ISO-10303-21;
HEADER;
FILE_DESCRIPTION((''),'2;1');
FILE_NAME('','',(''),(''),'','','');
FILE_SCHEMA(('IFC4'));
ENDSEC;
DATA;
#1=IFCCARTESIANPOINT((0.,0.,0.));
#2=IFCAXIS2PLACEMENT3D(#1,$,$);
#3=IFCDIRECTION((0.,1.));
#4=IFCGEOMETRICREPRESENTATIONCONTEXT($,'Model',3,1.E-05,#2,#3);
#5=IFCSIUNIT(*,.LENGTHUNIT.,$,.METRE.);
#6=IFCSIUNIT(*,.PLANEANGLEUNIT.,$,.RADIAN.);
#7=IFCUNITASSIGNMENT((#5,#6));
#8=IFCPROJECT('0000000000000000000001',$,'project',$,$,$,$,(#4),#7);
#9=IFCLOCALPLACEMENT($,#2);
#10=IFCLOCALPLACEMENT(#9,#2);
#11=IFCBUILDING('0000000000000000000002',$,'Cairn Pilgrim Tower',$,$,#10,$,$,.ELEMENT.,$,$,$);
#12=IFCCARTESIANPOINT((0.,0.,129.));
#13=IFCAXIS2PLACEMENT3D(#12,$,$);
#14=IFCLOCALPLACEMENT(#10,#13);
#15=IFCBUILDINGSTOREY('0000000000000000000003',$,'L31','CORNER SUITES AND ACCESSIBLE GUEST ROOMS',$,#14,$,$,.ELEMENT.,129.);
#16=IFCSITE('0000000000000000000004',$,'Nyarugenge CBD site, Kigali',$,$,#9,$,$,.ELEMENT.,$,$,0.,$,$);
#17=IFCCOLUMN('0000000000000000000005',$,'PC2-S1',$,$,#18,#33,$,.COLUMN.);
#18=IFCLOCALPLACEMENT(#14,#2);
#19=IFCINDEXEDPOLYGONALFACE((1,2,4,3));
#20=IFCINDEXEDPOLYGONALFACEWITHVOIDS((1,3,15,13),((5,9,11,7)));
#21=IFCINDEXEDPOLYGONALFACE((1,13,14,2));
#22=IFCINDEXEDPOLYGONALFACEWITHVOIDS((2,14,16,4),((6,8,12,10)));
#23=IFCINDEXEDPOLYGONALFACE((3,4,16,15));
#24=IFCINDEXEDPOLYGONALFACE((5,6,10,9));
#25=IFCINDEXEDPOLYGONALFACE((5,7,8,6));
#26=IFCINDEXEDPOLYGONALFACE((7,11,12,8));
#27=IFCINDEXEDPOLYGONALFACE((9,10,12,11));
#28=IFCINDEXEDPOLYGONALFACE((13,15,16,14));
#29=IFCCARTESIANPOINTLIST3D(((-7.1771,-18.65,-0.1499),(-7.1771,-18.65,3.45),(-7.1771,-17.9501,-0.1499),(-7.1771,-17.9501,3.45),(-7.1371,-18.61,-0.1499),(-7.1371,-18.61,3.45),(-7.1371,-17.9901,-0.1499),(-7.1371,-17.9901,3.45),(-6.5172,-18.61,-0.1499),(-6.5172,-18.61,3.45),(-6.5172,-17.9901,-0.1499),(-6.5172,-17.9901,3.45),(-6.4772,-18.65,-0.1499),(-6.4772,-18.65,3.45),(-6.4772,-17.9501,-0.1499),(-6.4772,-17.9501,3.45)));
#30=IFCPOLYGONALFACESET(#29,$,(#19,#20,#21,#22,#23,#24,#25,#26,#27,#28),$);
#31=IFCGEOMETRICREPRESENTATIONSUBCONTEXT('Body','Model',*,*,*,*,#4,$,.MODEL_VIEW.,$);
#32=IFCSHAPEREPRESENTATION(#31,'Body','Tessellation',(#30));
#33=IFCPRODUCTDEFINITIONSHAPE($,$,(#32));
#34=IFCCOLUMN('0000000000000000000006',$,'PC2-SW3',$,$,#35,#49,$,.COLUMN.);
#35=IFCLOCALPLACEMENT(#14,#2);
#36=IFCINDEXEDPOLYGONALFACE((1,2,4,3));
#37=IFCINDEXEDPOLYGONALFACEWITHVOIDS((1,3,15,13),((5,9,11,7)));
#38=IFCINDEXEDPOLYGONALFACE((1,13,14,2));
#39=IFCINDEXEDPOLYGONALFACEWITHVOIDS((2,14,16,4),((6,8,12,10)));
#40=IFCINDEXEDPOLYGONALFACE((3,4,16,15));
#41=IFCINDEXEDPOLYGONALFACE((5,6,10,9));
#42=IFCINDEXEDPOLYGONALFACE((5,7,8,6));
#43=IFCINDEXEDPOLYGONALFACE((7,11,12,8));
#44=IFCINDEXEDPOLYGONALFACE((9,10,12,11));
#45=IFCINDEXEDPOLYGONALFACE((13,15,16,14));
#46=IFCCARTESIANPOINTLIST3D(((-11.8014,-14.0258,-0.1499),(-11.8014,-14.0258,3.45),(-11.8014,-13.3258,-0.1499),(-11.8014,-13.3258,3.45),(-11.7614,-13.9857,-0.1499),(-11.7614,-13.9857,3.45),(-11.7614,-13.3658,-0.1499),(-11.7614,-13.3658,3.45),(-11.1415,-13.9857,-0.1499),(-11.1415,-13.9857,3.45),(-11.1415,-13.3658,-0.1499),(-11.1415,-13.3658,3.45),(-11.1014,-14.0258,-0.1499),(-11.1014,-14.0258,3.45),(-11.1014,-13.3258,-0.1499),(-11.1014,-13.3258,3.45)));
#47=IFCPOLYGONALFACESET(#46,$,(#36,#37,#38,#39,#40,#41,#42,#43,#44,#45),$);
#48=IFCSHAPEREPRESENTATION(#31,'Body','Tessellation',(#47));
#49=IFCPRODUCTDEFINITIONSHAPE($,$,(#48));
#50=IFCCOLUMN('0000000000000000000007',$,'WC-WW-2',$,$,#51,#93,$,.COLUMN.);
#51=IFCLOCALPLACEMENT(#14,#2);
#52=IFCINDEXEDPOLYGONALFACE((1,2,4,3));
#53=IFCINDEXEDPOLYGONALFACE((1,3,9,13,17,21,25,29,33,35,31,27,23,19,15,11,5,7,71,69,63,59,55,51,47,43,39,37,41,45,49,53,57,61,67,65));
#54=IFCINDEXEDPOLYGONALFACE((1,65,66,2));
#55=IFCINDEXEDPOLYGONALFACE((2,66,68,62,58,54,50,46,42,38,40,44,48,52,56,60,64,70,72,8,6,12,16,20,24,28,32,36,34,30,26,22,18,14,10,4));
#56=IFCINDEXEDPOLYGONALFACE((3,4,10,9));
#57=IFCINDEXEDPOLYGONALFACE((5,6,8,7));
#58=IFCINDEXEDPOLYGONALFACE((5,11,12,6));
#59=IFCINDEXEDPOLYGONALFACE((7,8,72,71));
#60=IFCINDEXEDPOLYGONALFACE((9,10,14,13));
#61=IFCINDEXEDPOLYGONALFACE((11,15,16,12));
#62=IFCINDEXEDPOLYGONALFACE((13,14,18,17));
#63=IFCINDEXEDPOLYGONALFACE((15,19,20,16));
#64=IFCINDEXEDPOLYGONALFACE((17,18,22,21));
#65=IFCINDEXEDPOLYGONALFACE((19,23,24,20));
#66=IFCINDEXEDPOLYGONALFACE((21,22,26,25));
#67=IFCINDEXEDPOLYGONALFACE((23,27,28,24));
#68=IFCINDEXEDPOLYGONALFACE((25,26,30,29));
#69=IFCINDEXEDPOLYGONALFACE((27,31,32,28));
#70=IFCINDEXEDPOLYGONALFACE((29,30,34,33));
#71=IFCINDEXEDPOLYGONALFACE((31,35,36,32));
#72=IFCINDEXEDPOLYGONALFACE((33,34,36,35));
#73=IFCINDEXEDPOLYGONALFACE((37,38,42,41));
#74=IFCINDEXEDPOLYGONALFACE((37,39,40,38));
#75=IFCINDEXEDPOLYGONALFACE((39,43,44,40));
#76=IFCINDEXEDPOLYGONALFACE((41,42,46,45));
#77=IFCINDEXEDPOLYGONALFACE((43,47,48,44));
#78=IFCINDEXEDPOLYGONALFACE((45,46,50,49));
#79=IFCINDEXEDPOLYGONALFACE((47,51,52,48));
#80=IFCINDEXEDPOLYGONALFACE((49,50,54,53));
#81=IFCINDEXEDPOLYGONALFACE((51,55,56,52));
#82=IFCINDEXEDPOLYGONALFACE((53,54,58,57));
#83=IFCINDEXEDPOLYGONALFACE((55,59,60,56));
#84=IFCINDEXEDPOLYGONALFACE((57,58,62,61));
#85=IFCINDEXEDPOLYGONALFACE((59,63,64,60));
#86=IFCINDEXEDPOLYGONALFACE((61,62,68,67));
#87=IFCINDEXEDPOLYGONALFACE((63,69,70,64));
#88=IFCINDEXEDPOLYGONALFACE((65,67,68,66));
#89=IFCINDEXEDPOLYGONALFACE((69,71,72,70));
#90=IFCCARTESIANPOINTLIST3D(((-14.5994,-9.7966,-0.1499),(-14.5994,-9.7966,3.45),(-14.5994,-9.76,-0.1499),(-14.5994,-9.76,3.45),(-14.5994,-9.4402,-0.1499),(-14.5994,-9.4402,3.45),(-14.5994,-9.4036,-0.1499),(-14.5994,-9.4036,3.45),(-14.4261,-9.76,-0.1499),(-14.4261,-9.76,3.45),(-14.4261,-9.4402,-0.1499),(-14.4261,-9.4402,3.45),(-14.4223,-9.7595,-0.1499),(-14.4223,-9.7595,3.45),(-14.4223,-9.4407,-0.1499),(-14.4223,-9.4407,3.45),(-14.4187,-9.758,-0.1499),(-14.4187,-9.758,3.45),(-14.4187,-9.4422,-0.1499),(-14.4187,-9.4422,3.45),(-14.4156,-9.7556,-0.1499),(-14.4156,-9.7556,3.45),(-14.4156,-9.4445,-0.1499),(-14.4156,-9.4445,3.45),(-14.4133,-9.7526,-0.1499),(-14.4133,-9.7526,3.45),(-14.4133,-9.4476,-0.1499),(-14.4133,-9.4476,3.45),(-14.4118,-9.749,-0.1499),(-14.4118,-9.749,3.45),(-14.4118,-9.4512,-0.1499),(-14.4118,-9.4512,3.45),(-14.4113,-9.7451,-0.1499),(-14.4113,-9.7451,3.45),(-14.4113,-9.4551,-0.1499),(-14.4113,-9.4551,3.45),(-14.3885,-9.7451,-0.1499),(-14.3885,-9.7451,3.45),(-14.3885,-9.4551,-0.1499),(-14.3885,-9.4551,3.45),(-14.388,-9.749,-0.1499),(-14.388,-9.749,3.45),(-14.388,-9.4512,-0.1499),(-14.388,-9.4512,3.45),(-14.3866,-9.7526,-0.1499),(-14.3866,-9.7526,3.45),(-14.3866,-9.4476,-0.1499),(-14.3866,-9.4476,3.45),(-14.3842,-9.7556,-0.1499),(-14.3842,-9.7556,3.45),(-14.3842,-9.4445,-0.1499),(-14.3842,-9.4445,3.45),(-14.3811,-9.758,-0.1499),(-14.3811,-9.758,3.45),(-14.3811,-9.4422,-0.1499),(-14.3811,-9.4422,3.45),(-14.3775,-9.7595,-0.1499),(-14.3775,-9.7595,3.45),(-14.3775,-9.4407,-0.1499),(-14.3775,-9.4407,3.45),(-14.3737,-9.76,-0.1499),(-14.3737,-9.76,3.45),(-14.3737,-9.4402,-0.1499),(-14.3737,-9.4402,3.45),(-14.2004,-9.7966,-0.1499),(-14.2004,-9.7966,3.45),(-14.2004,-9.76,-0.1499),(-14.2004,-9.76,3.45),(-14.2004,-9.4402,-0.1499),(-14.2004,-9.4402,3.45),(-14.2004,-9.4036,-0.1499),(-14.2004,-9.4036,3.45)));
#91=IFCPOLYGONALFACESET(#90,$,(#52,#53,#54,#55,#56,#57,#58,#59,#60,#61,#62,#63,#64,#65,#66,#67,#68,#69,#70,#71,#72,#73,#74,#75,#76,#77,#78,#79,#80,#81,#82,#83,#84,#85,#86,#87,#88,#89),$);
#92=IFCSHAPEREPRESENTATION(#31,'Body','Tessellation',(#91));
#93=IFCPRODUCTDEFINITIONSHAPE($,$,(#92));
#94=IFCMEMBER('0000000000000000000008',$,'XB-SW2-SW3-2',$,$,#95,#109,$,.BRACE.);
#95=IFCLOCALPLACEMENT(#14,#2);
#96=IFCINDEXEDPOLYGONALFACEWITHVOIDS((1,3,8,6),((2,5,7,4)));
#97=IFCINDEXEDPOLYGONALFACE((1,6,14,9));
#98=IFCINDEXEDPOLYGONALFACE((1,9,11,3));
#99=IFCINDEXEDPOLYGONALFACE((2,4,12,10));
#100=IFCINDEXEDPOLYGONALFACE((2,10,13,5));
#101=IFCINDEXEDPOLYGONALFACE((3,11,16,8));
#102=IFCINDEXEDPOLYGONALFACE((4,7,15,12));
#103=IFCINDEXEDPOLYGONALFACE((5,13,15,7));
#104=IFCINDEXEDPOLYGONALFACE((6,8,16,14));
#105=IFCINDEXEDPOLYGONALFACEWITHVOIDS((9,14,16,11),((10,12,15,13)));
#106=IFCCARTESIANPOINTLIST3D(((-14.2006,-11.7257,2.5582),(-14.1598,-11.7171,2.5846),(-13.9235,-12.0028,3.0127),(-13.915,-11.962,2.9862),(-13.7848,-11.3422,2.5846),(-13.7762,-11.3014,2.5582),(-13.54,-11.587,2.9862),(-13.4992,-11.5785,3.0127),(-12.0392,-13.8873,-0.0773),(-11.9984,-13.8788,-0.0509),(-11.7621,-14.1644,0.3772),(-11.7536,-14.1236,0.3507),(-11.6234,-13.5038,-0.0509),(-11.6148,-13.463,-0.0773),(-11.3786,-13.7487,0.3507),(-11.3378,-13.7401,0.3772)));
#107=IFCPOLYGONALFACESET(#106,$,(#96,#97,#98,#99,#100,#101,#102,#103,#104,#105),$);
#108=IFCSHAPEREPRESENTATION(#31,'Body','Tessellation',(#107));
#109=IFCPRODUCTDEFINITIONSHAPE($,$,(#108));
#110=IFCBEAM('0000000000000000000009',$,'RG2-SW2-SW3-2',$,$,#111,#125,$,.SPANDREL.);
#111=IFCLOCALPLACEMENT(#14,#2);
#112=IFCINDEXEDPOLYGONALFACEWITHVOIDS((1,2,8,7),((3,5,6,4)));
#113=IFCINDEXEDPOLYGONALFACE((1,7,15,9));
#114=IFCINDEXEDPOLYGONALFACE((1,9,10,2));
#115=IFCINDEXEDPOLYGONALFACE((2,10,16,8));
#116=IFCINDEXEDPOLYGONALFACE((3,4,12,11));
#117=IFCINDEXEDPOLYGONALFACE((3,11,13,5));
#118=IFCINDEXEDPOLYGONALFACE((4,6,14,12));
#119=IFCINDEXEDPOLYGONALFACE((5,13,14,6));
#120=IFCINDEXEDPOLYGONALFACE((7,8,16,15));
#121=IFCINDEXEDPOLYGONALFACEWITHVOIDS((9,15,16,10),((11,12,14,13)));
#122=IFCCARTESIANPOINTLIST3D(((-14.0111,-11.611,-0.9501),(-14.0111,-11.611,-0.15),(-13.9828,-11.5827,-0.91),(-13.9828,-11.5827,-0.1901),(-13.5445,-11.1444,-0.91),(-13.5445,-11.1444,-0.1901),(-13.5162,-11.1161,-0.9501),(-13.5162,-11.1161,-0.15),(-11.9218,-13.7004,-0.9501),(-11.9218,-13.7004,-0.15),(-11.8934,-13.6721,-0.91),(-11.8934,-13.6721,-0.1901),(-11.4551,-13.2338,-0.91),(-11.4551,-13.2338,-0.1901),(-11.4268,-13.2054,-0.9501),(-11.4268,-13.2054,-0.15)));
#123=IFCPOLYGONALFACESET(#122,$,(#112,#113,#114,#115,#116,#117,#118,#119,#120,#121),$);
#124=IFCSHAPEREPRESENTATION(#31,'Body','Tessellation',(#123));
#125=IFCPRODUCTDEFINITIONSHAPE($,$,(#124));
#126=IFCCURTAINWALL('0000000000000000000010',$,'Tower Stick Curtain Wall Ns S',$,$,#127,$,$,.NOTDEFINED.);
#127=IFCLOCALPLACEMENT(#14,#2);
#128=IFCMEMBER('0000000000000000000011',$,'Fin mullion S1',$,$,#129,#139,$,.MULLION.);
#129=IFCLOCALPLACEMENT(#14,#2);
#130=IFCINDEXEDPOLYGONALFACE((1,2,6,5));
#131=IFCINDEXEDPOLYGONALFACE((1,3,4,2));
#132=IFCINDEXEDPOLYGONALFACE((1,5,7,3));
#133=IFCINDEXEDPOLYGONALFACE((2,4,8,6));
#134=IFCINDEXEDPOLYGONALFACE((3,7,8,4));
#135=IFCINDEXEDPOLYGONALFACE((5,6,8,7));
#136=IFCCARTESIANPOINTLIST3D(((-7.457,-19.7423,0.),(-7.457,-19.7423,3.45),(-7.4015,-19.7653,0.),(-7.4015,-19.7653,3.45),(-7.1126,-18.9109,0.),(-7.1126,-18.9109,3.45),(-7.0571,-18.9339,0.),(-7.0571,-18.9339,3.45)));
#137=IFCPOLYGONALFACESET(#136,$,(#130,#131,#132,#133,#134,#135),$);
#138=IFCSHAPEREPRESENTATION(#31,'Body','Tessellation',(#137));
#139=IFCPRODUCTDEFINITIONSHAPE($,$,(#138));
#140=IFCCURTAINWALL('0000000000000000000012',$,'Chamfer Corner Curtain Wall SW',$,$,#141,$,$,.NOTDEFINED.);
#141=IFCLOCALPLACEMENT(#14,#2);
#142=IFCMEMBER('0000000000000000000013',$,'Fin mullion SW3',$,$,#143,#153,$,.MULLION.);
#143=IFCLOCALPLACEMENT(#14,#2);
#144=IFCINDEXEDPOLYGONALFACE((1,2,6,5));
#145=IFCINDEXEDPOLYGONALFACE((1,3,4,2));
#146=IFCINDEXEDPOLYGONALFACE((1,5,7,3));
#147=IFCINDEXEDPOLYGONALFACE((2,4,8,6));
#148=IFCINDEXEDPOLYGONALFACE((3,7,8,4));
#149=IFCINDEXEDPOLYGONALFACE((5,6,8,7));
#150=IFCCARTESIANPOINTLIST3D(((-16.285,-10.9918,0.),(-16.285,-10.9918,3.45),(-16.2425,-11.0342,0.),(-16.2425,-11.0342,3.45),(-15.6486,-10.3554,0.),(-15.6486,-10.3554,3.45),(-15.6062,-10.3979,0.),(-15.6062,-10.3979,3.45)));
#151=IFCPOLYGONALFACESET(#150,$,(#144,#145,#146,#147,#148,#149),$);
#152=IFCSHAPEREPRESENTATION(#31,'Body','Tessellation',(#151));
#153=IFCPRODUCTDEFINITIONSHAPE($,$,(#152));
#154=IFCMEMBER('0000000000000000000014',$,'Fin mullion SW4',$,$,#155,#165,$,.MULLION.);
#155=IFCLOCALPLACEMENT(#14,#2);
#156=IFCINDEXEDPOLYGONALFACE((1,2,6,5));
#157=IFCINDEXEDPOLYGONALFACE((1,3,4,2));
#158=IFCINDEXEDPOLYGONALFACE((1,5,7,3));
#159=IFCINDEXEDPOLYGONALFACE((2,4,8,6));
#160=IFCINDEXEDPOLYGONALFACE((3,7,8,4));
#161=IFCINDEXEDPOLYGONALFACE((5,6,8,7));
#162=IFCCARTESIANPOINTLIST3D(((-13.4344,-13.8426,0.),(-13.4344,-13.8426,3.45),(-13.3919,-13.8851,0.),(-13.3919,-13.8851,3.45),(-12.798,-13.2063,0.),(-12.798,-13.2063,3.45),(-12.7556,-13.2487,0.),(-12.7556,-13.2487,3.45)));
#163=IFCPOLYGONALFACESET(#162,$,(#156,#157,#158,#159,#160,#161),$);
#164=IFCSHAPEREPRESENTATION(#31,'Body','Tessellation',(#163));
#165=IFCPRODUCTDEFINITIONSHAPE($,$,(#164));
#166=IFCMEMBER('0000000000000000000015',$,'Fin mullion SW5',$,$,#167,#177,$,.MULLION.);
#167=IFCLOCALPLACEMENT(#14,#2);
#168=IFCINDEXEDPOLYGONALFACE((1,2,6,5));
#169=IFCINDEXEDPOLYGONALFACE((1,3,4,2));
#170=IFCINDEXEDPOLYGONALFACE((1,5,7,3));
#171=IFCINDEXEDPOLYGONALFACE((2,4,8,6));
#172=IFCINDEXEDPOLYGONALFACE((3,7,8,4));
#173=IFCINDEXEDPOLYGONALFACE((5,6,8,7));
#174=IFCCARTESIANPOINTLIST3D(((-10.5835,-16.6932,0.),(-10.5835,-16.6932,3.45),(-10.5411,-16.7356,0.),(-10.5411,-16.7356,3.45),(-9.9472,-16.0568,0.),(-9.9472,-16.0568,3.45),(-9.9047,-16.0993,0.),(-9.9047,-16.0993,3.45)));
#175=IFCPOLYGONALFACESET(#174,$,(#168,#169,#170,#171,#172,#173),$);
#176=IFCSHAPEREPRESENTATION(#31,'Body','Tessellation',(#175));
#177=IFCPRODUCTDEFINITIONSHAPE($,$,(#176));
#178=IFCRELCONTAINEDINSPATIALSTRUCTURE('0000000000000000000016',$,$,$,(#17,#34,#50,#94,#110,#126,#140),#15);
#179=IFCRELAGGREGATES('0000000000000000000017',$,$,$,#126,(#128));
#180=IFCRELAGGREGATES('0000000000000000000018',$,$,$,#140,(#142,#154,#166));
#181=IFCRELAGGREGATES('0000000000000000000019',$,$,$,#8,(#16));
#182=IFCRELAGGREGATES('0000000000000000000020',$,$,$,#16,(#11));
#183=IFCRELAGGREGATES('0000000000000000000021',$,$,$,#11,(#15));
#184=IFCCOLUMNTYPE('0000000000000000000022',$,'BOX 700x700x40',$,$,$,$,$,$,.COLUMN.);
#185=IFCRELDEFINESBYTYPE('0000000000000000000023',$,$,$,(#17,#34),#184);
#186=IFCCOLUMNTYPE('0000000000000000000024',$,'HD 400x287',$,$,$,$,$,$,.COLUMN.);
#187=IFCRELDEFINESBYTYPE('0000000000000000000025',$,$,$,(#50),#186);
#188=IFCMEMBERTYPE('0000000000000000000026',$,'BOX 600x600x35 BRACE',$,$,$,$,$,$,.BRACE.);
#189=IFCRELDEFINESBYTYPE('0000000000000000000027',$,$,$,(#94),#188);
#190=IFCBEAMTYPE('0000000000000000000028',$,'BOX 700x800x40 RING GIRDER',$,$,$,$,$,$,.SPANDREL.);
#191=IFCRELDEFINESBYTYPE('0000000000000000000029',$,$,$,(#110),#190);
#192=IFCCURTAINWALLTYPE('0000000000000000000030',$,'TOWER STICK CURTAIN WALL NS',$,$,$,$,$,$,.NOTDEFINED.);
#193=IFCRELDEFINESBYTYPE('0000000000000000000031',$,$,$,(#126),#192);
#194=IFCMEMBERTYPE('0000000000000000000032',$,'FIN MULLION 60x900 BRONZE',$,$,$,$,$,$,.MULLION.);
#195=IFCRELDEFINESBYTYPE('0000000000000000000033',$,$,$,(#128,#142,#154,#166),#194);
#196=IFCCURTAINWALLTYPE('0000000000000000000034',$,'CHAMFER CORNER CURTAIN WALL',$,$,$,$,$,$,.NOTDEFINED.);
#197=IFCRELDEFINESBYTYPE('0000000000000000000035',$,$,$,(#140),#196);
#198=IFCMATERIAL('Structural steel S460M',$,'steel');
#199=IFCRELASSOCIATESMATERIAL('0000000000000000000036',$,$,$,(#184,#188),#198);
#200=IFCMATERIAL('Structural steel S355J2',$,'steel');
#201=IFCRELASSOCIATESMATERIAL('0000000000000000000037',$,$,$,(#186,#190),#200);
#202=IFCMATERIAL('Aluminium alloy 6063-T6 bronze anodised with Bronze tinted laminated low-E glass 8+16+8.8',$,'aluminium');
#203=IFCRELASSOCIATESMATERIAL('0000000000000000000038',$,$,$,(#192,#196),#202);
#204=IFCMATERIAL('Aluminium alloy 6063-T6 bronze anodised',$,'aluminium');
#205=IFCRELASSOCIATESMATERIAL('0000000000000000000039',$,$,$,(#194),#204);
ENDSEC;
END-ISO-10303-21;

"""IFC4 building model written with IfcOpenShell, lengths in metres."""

from ifc_helpers import new_model, si_unit, direction, frame, origin, origin_2d, place, context, subcontext, project, spatial, rectangle, hollow_rectangle, i_section, extrude, material, material_profile, profile_set, type_object, element, aggregate, save


model = new_model("IFC4")

# Units and contexts
model_context = context("Model", 3, precision=1e-05, world=origin(), true_north=direction((0.0, 1.0)))
body_context = subcontext(model_context, "Body", "Model", "MODEL_VIEW")
ifc_project = project(units=[si_unit("LENGTHUNIT", "METRE"), si_unit("PLANEANGLEUNIT", "RADIAN")], contexts=[model_context])

# Site, building, storey
site_placement = place(None, origin())
site = spatial("IfcSite", under=ifc_project, at=site_placement, Name="Nyarugenge CBD site, Kigali", CompositionType="ELEMENT", RefElevation=0.0)
building_placement = place(site_placement, origin())
building = spatial("IfcBuilding", under=site, at=building_placement, Name="Cairn Pilgrim Tower", CompositionType="ELEMENT")
storey_placement = place(building_placement, frame((0.0, 0.0, 129.0)))
storey = spatial("IfcBuildingStorey", under=building, at=storey_placement, Name="L31", Description="CORNER SUITES AND ACCESSIBLE GUEST ROOMS", CompositionType="ELEMENT", Elevation=129.0)

# Columns
ifc_material_1 = material(Name="Structural steel S460M", Category="steel")
ifc_material_profile_1 = material_profile(ifc_material_1, hollow_rectangle(XDim=0.7, YDim=0.7, WallThickness=0.04, at=origin_2d()), Name="BOX 700x700x40")
ifc_profile_set_1 = profile_set([ifc_material_profile_1], Name="Structural steel S460M")
column_type_1 = type_object("IfcColumnType", Name="BOX 700x700x40", PredefinedType="COLUMN", material=ifc_profile_set_1)
for number, where, z_axis, x_axis, name in (
    (1, (-6.8271, -18.3, -0.1499), (0.0, 0.0, 1.0), (1.0, 0.0, 0.0), "PC2-S1"),
    (2, (-11.4514, -13.6758, -0.1499), (0.0, 0.0, 1.0), (1.0, 0.0, 0.0), "PC2-SW3"),
):
    element("IfcColumn", number, at=place(storey_placement, frame(where, z_axis=z_axis, x_axis=x_axis)), inside=storey, type_object=column_type_1, Name=name, PredefinedType="COLUMN", context=body_context, shape_type="SweptSolid", body=[
        extrude(hollow_rectangle(XDim=0.7, YDim=0.7, WallThickness=0.04, at=origin_2d()), origin(), (0.0, 0.0, 1.0), 3.5999),
    ])
ifc_material_2 = material(Name="Structural steel S355J2", Category="steel")
ifc_material_profile_2 = material_profile(ifc_material_2, i_section(OverallWidth=0.3989, OverallDepth=0.3931, WebThickness=0.0227, FlangeThickness=0.0366, FilletRadius=0.0149, at=origin_2d()), Name="HD 400x287")
ifc_profile_set_2 = profile_set([ifc_material_profile_2], Name="Structural steel S355J2")
column_type_2 = type_object("IfcColumnType", Name="HD 400x287", PredefinedType="COLUMN", material=ifc_profile_set_2)
column_placement = place(storey_placement, frame((-14.3999, -9.6001, -0.1499), z_axis=(0.0, 0.0, 1.0), x_axis=(1.0, 0.0, 0.0)))
element("IfcColumn", 3, at=column_placement, inside=storey, type_object=column_type_2, Name="WC-WW-2", PredefinedType="COLUMN", context=body_context, shape_type="SweptSolid", body=[
    extrude(i_section(OverallWidth=0.3989, OverallDepth=0.3931, WebThickness=0.0227, FlangeThickness=0.0366, FilletRadius=0.0149, at=origin_2d()), origin(), (0.0, 0.0, 1.0), 3.5999),
])

# Member
ifc_material_profile_3 = material_profile(ifc_material_1, hollow_rectangle(XDim=0.6001, YDim=0.6001, WallThickness=0.0349, at=origin_2d()), Name="BOX 600x600x35")
ifc_profile_set_3 = profile_set([ifc_material_profile_3], Name="Structural steel S460M")
member_type_1 = type_object("IfcMemberType", Name="BOX 600x600x35 BRACE", PredefinedType="BRACE", material=ifc_profile_set_3)
member_1_placement = place(storey_placement, frame((-11.6885, -13.8137, 0.1499), z_axis=(-0.535513, 0.535573, 0.652983), x_axis=(-0.707147, -0.707067, 0.0)))
element("IfcMember", 4, at=member_1_placement, inside=storey, type_object=member_type_1, Name="XB-SW2-SW3-2", PredefinedType="BRACE", context=body_context, shape_type="SweptSolid", body=[
    extrude(hollow_rectangle(XDim=0.6001, YDim=0.6001, WallThickness=0.0349, at=origin_2d()), origin(), (0.0, 0.0, 1.0), 4.0361),
])

# Beam
ifc_material_profile_4 = material_profile(ifc_material_2, hollow_rectangle(XDim=0.7, YDim=0.8, WallThickness=0.04, at=origin_2d()), Name="BOX 700x800x40")
ifc_profile_set_4 = profile_set([ifc_material_profile_4], Name="Structural steel S355J2")
beam_type_1 = type_object("IfcBeamType", Name="BOX 700x800x40 RING GIRDER", PredefinedType="SPANDREL", material=ifc_profile_set_4)
beam_1_placement = place(storey_placement, frame((-13.7637, -11.3635, -0.55), z_axis=(0.707107, -0.707107, 0.0), x_axis=(0.707107, 0.707107, 0.0)))
element("IfcBeam", 5, at=beam_1_placement, inside=storey, type_object=beam_type_1, Name="RG2-SW2-SW3-2", PredefinedType="SPANDREL", context=body_context, shape_type="SweptSolid", body=[
    extrude(hollow_rectangle(XDim=0.7, YDim=0.8, WallThickness=0.04, at=origin_2d()), origin(), (0.0, 0.0, 1.0), 2.9548),
])

# Curtain wall, member
ifc_material_3 = material(Name="Aluminium alloy 6063-T6 bronze anodised with Bronze tinted laminated low-E glass 8+16+8.8", Category="aluminium")
curtain_wall_type_1 = type_object("IfcCurtainWallType", Name="TOWER STICK CURTAIN WALL NS", PredefinedType="NOTDEFINED", material=ifc_material_3)
curtain_wall_1_placement = place(storey_placement, origin())
curtain_wall_1 = element("IfcCurtainWall", 6, at=curtain_wall_1_placement, inside=storey, type_object=curtain_wall_type_1, Name="Tower Stick Curtain Wall Ns S", PredefinedType="NOTDEFINED")
ifc_material_4 = material(Name="Aluminium alloy 6063-T6 bronze anodised", Category="aluminium")
ifc_material_profile_5 = material_profile(ifc_material_4, rectangle(XDim=0.8999, YDim=0.0601, at=origin_2d()), Name="FIN MULLION 60x900 BRONZE")
ifc_profile_set_5 = profile_set([ifc_material_profile_5], Name="Aluminium alloy 6063-T6 bronze anodised")
member_type_2 = type_object("IfcMemberType", Name="FIN MULLION 60x900 BRONZE", PredefinedType="MULLION", material=ifc_profile_set_5)
member_2_placement = place(storey_placement, frame((-7.2571, -19.3381, 0.0), z_axis=(0.0, 0.0, 1.0), x_axis=(-0.382683, -0.92388, 0.0)))
member_2 = element("IfcMember", 7, at=member_2_placement, type_object=member_type_2, Name="Fin mullion S1", PredefinedType="MULLION", context=body_context, shape_type="SweptSolid", body=[
    extrude(rectangle(XDim=0.8999, YDim=0.0601, at=origin_2d()), origin(), (0.0, 0.0, 1.0), 3.45),
])
aggregate(curtain_wall_1, [member_2])

# Curtain wall, members
curtain_wall_type_2 = type_object("IfcCurtainWallType", Name="CHAMFER CORNER CURTAIN WALL", PredefinedType="NOTDEFINED", material=ifc_material_3)
curtain_wall_2_placement = place(storey_placement, origin())
curtain_wall_2 = element("IfcCurtainWall", 8, at=curtain_wall_2_placement, inside=storey, type_object=curtain_wall_type_2, Name="Chamfer Corner Curtain Wall SW", PredefinedType="NOTDEFINED")
member_3_placement = place(storey_placement, frame((-15.9456, -10.6948, 0.0), z_axis=(0.0, 0.0, 1.0), x_axis=(-0.707107, -0.707107, 0.0)))
member_3 = element("IfcMember", 9, at=member_3_placement, type_object=member_type_2, Name="Fin mullion SW3", PredefinedType="MULLION", context=body_context, shape_type="SweptSolid", body=[
    extrude(rectangle(XDim=0.8999, YDim=0.0601, at=origin_2d()), origin(), (0.0, 0.0, 1.0), 3.45),
])
member_4_placement = place(storey_placement, frame((-13.095, -13.5457, 0.0), z_axis=(0.0, 0.0, 1.0), x_axis=(-0.707107, -0.707107, 0.0)))
member_4 = element("IfcMember", 10, at=member_4_placement, type_object=member_type_2, Name="Fin mullion SW4", PredefinedType="MULLION", context=body_context, shape_type="SweptSolid", body=[
    extrude(rectangle(XDim=0.8999, YDim=0.0601, at=origin_2d()), origin(), (0.0, 0.0, 1.0), 3.45),
])
member_5_placement = place(storey_placement, frame((-10.2441, -16.3962, 0.0), z_axis=(0.0, 0.0, 1.0), x_axis=(-0.707107, -0.707107, 0.0)))
member_5 = element("IfcMember", 11, at=member_5_placement, type_object=member_type_2, Name="Fin mullion SW5", PredefinedType="MULLION", context=body_context, shape_type="SweptSolid", body=[
    extrude(rectangle(XDim=0.8999, YDim=0.0601, at=origin_2d()), origin(), (0.0, 0.0, 1.0), 3.45),
])

aggregate(curtain_wall_2, [member_3, member_4, member_5])

save(model, "model.ifc")
